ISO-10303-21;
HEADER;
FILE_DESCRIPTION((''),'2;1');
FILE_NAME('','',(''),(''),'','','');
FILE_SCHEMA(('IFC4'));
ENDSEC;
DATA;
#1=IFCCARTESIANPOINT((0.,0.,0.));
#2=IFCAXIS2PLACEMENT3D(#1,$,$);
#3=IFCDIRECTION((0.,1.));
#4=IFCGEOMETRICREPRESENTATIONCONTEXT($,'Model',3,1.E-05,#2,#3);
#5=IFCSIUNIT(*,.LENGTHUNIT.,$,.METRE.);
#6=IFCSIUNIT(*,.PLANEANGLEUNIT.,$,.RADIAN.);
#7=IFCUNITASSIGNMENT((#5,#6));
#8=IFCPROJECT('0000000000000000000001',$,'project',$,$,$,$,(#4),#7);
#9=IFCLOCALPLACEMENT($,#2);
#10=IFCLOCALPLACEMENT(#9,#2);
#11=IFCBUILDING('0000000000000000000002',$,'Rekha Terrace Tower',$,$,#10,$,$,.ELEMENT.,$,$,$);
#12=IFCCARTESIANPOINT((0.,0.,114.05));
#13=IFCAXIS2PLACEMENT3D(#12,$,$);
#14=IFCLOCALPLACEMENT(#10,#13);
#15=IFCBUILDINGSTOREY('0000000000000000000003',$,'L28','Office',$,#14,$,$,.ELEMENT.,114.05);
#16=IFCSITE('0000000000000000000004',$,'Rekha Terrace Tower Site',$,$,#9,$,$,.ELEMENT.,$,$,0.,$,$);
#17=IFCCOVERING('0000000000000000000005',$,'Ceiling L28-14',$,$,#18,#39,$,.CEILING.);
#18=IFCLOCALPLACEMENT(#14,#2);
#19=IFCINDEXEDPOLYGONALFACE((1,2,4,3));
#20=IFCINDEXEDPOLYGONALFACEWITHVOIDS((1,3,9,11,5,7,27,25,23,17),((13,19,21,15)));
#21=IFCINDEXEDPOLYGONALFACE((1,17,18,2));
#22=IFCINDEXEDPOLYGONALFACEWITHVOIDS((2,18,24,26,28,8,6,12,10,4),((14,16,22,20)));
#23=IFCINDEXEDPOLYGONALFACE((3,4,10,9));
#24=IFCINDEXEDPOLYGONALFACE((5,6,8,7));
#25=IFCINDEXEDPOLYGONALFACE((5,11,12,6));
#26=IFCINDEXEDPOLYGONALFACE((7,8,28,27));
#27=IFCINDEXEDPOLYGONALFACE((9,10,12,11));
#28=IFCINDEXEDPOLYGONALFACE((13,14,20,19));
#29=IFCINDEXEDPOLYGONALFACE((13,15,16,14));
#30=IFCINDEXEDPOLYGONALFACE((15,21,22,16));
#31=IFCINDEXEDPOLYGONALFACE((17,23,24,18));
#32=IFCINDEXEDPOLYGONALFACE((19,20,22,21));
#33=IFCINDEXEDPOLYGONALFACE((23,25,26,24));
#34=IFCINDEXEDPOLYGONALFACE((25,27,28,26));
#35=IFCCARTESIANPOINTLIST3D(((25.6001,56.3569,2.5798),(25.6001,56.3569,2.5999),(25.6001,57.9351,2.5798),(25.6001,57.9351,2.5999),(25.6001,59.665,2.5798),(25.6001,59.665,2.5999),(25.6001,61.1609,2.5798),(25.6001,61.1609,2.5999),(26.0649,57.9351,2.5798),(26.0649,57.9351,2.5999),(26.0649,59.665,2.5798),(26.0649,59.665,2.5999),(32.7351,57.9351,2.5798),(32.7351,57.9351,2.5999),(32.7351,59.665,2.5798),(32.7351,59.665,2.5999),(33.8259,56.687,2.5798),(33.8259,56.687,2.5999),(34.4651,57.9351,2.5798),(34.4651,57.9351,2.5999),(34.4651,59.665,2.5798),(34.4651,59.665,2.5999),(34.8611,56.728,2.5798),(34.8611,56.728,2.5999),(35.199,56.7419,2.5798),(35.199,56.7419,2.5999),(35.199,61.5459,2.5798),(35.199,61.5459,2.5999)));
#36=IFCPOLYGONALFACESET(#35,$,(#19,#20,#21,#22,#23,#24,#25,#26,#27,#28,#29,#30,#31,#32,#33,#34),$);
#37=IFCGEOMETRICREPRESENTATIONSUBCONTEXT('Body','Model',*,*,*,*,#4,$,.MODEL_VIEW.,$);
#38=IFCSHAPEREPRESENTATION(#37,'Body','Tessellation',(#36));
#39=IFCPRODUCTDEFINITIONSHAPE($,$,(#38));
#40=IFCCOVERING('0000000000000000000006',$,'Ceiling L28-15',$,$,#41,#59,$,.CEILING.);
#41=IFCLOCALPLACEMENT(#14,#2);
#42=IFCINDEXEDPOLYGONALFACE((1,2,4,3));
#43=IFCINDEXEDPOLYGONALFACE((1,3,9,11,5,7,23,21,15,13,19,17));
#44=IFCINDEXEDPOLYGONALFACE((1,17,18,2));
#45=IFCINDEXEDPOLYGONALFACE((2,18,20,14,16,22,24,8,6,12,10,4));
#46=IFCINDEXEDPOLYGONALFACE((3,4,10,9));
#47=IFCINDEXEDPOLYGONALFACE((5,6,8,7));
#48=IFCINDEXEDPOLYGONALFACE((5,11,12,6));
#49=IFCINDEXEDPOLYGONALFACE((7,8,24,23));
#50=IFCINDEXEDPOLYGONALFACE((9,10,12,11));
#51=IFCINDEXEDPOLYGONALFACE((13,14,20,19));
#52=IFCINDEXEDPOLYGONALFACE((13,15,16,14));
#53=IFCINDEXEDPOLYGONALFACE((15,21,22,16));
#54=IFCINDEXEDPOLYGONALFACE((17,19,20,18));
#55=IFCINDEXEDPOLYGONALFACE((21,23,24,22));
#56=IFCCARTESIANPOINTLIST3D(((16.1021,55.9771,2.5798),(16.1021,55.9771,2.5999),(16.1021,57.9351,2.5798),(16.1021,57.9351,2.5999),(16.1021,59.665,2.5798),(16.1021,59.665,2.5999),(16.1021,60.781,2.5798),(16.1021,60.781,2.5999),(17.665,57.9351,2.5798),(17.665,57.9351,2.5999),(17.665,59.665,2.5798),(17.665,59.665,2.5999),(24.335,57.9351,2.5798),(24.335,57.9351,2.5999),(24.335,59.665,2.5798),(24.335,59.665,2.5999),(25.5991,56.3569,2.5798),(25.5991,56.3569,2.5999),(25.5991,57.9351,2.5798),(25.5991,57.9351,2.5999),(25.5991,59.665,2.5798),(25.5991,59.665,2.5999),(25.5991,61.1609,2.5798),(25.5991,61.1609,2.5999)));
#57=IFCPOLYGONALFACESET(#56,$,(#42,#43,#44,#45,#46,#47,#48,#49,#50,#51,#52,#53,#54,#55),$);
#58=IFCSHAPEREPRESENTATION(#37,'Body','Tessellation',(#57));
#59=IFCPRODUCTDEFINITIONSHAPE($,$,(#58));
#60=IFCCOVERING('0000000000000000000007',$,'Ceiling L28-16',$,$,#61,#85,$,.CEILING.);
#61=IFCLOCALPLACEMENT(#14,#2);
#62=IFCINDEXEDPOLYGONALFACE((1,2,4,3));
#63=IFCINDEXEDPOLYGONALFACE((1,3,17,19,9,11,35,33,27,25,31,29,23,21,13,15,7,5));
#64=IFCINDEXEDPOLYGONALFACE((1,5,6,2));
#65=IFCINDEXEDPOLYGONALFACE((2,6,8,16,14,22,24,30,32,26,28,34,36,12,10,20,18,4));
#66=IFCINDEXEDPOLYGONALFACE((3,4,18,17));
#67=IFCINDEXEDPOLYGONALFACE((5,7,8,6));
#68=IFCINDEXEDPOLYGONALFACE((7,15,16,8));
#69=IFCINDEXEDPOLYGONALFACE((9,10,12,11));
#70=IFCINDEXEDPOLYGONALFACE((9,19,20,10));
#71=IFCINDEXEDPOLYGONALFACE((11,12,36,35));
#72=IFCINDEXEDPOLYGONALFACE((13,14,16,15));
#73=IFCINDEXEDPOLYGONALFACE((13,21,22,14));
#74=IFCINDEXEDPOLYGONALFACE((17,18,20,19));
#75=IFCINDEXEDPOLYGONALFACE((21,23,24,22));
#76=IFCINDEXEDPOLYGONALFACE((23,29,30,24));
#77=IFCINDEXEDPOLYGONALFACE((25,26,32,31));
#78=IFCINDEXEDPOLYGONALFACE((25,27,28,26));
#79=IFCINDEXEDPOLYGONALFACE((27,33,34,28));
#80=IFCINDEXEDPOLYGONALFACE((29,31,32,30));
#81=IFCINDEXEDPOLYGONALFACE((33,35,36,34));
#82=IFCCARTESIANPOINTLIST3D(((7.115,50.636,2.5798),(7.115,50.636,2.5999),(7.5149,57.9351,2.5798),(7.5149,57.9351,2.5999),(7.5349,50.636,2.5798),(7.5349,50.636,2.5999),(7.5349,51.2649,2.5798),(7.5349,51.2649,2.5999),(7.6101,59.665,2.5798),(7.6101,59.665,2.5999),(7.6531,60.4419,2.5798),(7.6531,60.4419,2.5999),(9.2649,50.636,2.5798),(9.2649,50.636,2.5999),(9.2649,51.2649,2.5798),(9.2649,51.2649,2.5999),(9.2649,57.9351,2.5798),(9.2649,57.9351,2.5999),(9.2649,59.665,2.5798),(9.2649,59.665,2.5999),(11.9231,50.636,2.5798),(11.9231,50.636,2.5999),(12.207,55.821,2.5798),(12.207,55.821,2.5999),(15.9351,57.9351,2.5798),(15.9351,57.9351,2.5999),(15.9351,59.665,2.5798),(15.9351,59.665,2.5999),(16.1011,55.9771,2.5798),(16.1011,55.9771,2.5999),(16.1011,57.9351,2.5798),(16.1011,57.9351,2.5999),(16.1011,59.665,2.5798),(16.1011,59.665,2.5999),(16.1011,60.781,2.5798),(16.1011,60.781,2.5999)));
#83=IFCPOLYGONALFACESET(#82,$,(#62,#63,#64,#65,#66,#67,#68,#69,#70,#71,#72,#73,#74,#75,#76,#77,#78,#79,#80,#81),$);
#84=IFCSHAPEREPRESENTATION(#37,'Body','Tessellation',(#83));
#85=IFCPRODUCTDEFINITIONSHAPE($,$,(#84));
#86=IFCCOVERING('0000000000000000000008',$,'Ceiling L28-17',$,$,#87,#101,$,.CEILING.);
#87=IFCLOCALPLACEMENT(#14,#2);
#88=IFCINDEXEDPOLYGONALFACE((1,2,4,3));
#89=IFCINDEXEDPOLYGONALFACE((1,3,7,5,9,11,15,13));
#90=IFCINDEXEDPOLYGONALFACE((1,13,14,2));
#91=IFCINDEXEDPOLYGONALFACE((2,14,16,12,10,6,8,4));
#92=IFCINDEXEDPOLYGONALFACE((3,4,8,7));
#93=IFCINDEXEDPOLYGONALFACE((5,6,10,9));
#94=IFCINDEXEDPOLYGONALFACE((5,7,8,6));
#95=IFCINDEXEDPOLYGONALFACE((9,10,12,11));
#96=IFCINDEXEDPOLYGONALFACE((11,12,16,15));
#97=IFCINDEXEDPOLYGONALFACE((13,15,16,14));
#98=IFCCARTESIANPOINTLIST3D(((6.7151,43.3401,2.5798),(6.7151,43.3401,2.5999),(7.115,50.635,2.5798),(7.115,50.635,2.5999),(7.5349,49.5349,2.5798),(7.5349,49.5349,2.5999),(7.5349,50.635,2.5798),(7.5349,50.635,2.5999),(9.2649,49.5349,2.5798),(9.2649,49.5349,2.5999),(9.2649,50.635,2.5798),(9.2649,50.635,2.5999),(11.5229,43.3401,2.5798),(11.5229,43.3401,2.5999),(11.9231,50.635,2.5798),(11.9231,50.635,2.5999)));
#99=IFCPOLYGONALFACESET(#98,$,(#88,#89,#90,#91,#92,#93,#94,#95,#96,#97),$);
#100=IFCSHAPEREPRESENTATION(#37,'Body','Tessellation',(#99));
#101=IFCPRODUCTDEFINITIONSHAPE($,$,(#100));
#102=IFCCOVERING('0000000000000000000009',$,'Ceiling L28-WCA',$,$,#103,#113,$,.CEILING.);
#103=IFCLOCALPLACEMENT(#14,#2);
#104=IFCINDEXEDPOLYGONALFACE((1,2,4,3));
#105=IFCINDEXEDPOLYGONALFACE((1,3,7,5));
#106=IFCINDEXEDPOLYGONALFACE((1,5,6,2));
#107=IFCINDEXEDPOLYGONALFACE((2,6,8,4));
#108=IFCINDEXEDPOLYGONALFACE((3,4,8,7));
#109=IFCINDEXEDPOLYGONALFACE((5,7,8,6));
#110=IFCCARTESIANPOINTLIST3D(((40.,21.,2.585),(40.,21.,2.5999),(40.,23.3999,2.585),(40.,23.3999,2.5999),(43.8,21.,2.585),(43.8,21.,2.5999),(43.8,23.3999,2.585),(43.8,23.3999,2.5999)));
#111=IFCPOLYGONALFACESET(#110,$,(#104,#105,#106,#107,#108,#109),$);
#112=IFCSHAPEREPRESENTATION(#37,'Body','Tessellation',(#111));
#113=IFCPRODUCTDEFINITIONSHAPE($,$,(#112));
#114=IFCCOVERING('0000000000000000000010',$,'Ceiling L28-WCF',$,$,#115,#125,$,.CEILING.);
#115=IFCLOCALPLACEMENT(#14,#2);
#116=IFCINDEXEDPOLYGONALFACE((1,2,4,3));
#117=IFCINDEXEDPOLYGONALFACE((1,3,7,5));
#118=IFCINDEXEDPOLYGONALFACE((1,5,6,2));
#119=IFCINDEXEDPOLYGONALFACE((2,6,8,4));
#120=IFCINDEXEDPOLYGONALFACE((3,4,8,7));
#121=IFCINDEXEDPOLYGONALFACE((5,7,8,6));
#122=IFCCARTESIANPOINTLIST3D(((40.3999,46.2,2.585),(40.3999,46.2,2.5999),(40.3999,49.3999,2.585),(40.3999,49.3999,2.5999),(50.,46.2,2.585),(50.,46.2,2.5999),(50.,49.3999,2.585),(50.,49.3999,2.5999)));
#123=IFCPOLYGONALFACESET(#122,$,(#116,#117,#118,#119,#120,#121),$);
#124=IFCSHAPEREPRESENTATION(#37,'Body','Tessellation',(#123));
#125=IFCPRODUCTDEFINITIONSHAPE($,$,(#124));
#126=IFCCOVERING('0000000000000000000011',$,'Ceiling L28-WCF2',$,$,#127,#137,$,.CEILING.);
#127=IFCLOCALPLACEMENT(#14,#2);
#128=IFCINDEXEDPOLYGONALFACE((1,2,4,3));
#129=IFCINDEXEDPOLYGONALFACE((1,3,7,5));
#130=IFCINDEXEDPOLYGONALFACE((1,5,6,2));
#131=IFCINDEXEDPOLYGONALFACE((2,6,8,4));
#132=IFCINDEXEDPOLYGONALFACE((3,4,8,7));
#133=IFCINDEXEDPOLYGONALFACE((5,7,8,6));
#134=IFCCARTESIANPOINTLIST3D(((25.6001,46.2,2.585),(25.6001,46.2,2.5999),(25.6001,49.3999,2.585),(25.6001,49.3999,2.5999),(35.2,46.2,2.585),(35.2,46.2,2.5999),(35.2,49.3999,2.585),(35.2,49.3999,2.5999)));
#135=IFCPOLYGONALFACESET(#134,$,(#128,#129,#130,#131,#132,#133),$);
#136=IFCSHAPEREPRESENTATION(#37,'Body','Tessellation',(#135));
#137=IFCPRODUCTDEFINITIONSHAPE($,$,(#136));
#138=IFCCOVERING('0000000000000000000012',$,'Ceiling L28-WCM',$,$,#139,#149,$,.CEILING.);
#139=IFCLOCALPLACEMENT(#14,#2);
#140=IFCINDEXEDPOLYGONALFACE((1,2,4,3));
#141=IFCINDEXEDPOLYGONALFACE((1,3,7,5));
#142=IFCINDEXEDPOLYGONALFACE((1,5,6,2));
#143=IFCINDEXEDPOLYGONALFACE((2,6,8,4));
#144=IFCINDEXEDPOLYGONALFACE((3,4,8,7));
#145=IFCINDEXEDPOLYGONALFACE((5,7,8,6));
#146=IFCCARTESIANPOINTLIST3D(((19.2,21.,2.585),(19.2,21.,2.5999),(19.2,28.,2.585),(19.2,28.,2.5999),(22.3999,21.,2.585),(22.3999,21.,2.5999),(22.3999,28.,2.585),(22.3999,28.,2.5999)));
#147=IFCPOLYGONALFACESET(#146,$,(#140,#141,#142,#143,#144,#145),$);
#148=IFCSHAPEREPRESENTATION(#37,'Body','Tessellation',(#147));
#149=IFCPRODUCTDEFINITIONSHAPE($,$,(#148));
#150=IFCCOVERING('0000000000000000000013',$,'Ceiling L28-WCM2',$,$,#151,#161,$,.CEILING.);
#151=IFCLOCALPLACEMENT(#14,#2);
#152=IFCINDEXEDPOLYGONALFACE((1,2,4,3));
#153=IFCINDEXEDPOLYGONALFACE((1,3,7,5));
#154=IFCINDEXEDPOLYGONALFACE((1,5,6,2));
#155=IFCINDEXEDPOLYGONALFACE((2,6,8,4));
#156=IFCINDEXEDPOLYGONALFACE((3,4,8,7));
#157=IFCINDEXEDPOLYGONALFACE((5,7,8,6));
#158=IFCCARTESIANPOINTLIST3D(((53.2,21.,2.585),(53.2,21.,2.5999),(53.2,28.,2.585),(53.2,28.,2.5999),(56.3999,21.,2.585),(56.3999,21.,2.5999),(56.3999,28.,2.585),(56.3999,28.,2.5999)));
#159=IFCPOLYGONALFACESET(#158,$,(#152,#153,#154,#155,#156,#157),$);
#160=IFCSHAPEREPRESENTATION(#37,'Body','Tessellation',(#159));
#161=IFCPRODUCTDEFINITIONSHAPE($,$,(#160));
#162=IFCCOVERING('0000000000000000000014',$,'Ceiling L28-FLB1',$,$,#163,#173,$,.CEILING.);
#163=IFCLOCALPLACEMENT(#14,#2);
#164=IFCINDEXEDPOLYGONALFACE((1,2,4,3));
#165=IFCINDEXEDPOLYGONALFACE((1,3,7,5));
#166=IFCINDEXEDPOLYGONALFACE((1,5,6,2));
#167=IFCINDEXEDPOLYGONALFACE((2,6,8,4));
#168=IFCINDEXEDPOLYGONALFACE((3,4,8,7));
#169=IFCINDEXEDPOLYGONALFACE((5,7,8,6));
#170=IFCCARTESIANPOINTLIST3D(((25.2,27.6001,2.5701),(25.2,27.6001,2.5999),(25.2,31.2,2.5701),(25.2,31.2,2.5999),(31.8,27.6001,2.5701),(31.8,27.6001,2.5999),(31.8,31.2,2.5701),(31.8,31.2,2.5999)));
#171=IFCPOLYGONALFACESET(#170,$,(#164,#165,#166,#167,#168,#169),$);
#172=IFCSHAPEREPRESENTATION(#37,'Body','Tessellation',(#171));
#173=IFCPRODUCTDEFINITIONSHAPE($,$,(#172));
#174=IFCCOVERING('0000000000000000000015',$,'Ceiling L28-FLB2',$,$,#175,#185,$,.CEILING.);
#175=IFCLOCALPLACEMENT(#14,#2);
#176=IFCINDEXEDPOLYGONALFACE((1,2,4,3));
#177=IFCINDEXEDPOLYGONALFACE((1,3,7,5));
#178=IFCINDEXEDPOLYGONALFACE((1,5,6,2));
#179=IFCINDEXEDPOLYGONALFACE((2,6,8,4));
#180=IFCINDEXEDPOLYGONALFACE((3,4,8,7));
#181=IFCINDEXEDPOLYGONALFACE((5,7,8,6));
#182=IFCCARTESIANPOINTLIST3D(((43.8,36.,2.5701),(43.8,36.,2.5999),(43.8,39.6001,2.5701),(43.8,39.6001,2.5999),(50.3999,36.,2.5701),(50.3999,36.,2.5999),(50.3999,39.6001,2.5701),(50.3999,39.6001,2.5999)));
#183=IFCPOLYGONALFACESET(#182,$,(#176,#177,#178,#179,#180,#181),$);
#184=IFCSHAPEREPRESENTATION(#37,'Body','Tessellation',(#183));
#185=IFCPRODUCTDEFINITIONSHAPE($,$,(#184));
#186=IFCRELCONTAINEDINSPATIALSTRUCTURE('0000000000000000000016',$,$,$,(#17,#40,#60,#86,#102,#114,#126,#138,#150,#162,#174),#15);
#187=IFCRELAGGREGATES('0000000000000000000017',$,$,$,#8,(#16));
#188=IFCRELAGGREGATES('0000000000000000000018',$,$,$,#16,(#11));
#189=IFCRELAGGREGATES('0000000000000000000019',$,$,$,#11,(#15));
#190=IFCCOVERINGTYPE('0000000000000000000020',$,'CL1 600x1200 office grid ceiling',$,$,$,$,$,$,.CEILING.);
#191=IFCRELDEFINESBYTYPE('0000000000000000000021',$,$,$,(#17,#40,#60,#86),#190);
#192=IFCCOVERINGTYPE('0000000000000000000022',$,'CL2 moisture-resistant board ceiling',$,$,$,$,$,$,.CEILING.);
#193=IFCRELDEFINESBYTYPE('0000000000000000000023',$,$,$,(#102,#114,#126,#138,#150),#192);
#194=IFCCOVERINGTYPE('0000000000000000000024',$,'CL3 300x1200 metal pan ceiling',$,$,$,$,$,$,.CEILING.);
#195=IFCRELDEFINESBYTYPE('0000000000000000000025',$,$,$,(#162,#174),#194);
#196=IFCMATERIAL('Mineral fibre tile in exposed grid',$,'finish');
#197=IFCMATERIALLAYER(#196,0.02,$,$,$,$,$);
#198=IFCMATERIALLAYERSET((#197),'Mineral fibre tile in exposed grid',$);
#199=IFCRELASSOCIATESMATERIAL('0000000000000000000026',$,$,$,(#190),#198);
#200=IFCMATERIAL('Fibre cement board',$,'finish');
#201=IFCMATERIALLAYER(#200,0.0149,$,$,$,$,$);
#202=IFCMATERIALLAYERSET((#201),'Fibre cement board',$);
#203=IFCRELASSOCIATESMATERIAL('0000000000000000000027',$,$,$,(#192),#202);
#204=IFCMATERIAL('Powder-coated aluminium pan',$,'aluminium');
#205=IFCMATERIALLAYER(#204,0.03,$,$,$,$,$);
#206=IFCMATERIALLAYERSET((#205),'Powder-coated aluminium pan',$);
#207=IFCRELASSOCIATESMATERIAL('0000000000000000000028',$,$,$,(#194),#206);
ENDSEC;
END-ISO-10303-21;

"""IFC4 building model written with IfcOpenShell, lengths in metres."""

from ifc_helpers import new_model, si_unit, direction, frame, origin, place, context, subcontext, project, spatial, polyline, outline, extrude, material, layer, layer_set, type_object, element, save


model = new_model("IFC4")

# Units and contexts
model_context = context("Model", 3, precision=1e-05, world=origin(), true_north=direction((0.0, 1.0)))
body_context = subcontext(model_context, "Body", "Model", "MODEL_VIEW")
ifc_project = project(units=[si_unit("LENGTHUNIT", "METRE"), si_unit("PLANEANGLEUNIT", "RADIAN")], contexts=[model_context])

# Site, building, storey
site_placement = place(None, origin())
site = spatial("IfcSite", under=ifc_project, at=site_placement, Name="Rekha Terrace Tower Site", CompositionType="ELEMENT", RefElevation=0.0)
building_placement = place(site_placement, origin())
building = spatial("IfcBuilding", under=site, at=building_placement, Name="Rekha Terrace Tower", CompositionType="ELEMENT")
storey_placement = place(building_placement, frame((0.0, 0.0, 114.05)))
storey = spatial("IfcBuildingStorey", under=building, at=storey_placement, Name="L28", Description="Office", CompositionType="ELEMENT", Elevation=114.05)

# Coverings
ifc_material_1 = material(Name="Mineral fibre tile in exposed grid", Category="finish")
ifc_layer_1 = layer(ifc_material_1, 0.02)
ifc_layer_set_1 = layer_set([ifc_layer_1], Name="Mineral fibre tile in exposed grid")
covering_type_1 = type_object("IfcCoveringType", Name="CL1 600x1200 office grid ceiling", PredefinedType="CEILING", material=ifc_layer_set_1)
covering_1_placement = place(storey_placement, frame((0.0, 0.0, 2.5798)))
element("IfcCovering", 1, at=covering_1_placement, inside=storey, type_object=covering_type_1, Name="Ceiling L28-14", PredefinedType="CEILING", context=body_context, shape_type="SweptSolid", body=[
    extrude(outline(polyline([(35.199, 56.7419), (35.199, 61.5459), (25.6001, 61.1609), (25.6001, 59.665), (26.0649, 59.665), (26.0649, 57.9351), (25.6001, 57.9351), (25.6001, 56.3569), (33.8259, 56.687), (34.8611, 56.728), (35.199, 56.7419)]), holes=[polyline([(34.4651, 57.9351), (32.7351, 57.9351), (32.7351, 59.665), (34.4651, 59.665), (34.4651, 57.9351)])]), origin(), (0.0, 0.0, 1.0), 0.02),
])
covering_2_placement = place(storey_placement, frame((0.0, 0.0, 2.5798)))
element("IfcCovering", 2, at=covering_2_placement, inside=storey, type_object=covering_type_1, Name="Ceiling L28-15", PredefinedType="CEILING", context=body_context, shape_type="SweptSolid", body=[
    extrude(outline(polyline([(25.5991, 59.665), (25.5991, 61.1609), (16.1021, 60.781), (16.1021, 59.665), (17.665, 59.665), (17.665, 57.9351), (16.1021, 57.9351), (16.1021, 55.9771), (25.5991, 56.3569), (25.5991, 57.9351), (24.335, 57.9351), (24.335, 59.665), (25.5991, 59.665)])), origin(), (0.0, 0.0, 1.0), 0.02),
])
covering_3_placement = place(storey_placement, frame((0.0, 0.0, 2.5798)))
element("IfcCovering", 3, at=covering_3_placement, inside=storey, type_object=covering_type_1, Name="Ceiling L28-16", PredefinedType="CEILING", context=body_context, shape_type="SweptSolid", body=[
    extrude(outline(polyline([(9.2649, 57.9351), (7.5149, 57.9351), (7.115, 50.636), (7.5349, 50.636), (7.5349, 51.2649), (9.2649, 51.2649), (9.2649, 50.636), (11.9231, 50.636), (12.207, 55.821), (16.1011, 55.9771), (16.1011, 57.9351), (15.9351, 57.9351), (15.9351, 59.665), (16.1011, 59.665), (16.1011, 60.781), (7.6531, 60.4419), (7.6101, 59.665), (9.2649, 59.665), (9.2649, 57.9351)])), origin(), (0.0, 0.0, 1.0), 0.02),
])
covering_4_placement = place(storey_placement, frame((0.0, 0.0, 2.5798)))
element("IfcCovering", 4, at=covering_4_placement, inside=storey, type_object=covering_type_1, Name="Ceiling L28-17", PredefinedType="CEILING", context=body_context, shape_type="SweptSolid", body=[
    extrude(outline(polyline([(7.5349, 50.635), (7.115, 50.635), (6.7151, 43.3401), (11.5229, 43.3401), (11.9231, 50.635), (9.2649, 50.635), (9.2649, 49.5349), (7.5349, 49.5349), (7.5349, 50.635)])), origin(), (0.0, 0.0, 1.0), 0.02),
])
ifc_material_2 = material(Name="Fibre cement board", Category="finish")
ifc_layer_2 = layer(ifc_material_2, 0.0149)
ifc_layer_set_2 = layer_set([ifc_layer_2], Name="Fibre cement board")
covering_type_2 = type_object("IfcCoveringType", Name="CL2 moisture-resistant board ceiling", PredefinedType="CEILING", material=ifc_layer_set_2)
covering_5_placement = place(storey_placement, frame((0.0, 0.0, 2.585)))
element("IfcCovering", 5, at=covering_5_placement, inside=storey, type_object=covering_type_2, Name="Ceiling L28-WCA", PredefinedType="CEILING", context=body_context, shape_type="SweptSolid", body=[
    extrude(outline(polyline([(43.8, 23.3999), (40.0, 23.3999), (40.0, 21.0), (43.8, 21.0), (43.8, 23.3999)])), origin(), (0.0, 0.0, 1.0), 0.0149),
])
covering_6_placement = place(storey_placement, frame((0.0, 0.0, 2.585)))
element("IfcCovering", 6, at=covering_6_placement, inside=storey, type_object=covering_type_2, Name="Ceiling L28-WCF", PredefinedType="CEILING", context=body_context, shape_type="SweptSolid", body=[
    extrude(outline(polyline([(50.0, 49.3999), (40.3999, 49.3999), (40.3999, 46.2), (50.0, 46.2), (50.0, 49.3999)])), origin(), (0.0, 0.0, 1.0), 0.0149),
])
covering_7_placement = place(storey_placement, frame((0.0, 0.0, 2.585)))
element("IfcCovering", 7, at=covering_7_placement, inside=storey, type_object=covering_type_2, Name="Ceiling L28-WCF2", PredefinedType="CEILING", context=body_context, shape_type="SweptSolid", body=[
    extrude(outline(polyline([(35.2, 49.3999), (25.6001, 49.3999), (25.6001, 46.2), (35.2, 46.2), (35.2, 49.3999)])), origin(), (0.0, 0.0, 1.0), 0.0149),
])
covering_8_placement = place(storey_placement, frame((0.0, 0.0, 2.585)))
element("IfcCovering", 8, at=covering_8_placement, inside=storey, type_object=covering_type_2, Name="Ceiling L28-WCM", PredefinedType="CEILING", context=body_context, shape_type="SweptSolid", body=[
    extrude(outline(polyline([(22.3999, 28.0), (19.2, 28.0), (19.2, 21.0), (22.3999, 21.0), (22.3999, 28.0)])), origin(), (0.0, 0.0, 1.0), 0.0149),
])
covering_9_placement = place(storey_placement, frame((0.0, 0.0, 2.585)))
element("IfcCovering", 9, at=covering_9_placement, inside=storey, type_object=covering_type_2, Name="Ceiling L28-WCM2", PredefinedType="CEILING", context=body_context, shape_type="SweptSolid", body=[
    extrude(outline(polyline([(56.3999, 28.0), (53.2, 28.0), (53.2, 21.0), (56.3999, 21.0), (56.3999, 28.0)])), origin(), (0.0, 0.0, 1.0), 0.0149),
])
ifc_material_3 = material(Name="Powder-coated aluminium pan", Category="aluminium")
ifc_layer_3 = layer(ifc_material_3, 0.03)
ifc_layer_set_3 = layer_set([ifc_layer_3], Name="Powder-coated aluminium pan")
covering_type_3 = type_object("IfcCoveringType", Name="CL3 300x1200 metal pan ceiling", PredefinedType="CEILING", material=ifc_layer_set_3)
covering_10_placement = place(storey_placement, frame((0.0, 0.0, 2.5701)))
element("IfcCovering", 10, at=covering_10_placement, inside=storey, type_object=covering_type_3, Name="Ceiling L28-FLB1", PredefinedType="CEILING", context=body_context, shape_type="SweptSolid", body=[
    extrude(outline(polyline([(31.8, 31.2), (25.2, 31.2), (25.2, 27.6001), (31.8, 27.6001), (31.8, 31.2)])), origin(), (0.0, 0.0, 1.0), 0.0298),
])
covering_11_placement = place(storey_placement, frame((0.0, 0.0, 2.5701)))
element("IfcCovering", 11, at=covering_11_placement, inside=storey, type_object=covering_type_3, Name="Ceiling L28-FLB2", PredefinedType="CEILING", context=body_context, shape_type="SweptSolid", body=[
    extrude(outline(polyline([(50.3999, 39.6001), (43.8, 39.6001), (43.8, 36.0), (50.3999, 36.0), (50.3999, 39.6001)])), origin(), (0.0, 0.0, 1.0), 0.0298),
])

save(model, "model.ifc")
